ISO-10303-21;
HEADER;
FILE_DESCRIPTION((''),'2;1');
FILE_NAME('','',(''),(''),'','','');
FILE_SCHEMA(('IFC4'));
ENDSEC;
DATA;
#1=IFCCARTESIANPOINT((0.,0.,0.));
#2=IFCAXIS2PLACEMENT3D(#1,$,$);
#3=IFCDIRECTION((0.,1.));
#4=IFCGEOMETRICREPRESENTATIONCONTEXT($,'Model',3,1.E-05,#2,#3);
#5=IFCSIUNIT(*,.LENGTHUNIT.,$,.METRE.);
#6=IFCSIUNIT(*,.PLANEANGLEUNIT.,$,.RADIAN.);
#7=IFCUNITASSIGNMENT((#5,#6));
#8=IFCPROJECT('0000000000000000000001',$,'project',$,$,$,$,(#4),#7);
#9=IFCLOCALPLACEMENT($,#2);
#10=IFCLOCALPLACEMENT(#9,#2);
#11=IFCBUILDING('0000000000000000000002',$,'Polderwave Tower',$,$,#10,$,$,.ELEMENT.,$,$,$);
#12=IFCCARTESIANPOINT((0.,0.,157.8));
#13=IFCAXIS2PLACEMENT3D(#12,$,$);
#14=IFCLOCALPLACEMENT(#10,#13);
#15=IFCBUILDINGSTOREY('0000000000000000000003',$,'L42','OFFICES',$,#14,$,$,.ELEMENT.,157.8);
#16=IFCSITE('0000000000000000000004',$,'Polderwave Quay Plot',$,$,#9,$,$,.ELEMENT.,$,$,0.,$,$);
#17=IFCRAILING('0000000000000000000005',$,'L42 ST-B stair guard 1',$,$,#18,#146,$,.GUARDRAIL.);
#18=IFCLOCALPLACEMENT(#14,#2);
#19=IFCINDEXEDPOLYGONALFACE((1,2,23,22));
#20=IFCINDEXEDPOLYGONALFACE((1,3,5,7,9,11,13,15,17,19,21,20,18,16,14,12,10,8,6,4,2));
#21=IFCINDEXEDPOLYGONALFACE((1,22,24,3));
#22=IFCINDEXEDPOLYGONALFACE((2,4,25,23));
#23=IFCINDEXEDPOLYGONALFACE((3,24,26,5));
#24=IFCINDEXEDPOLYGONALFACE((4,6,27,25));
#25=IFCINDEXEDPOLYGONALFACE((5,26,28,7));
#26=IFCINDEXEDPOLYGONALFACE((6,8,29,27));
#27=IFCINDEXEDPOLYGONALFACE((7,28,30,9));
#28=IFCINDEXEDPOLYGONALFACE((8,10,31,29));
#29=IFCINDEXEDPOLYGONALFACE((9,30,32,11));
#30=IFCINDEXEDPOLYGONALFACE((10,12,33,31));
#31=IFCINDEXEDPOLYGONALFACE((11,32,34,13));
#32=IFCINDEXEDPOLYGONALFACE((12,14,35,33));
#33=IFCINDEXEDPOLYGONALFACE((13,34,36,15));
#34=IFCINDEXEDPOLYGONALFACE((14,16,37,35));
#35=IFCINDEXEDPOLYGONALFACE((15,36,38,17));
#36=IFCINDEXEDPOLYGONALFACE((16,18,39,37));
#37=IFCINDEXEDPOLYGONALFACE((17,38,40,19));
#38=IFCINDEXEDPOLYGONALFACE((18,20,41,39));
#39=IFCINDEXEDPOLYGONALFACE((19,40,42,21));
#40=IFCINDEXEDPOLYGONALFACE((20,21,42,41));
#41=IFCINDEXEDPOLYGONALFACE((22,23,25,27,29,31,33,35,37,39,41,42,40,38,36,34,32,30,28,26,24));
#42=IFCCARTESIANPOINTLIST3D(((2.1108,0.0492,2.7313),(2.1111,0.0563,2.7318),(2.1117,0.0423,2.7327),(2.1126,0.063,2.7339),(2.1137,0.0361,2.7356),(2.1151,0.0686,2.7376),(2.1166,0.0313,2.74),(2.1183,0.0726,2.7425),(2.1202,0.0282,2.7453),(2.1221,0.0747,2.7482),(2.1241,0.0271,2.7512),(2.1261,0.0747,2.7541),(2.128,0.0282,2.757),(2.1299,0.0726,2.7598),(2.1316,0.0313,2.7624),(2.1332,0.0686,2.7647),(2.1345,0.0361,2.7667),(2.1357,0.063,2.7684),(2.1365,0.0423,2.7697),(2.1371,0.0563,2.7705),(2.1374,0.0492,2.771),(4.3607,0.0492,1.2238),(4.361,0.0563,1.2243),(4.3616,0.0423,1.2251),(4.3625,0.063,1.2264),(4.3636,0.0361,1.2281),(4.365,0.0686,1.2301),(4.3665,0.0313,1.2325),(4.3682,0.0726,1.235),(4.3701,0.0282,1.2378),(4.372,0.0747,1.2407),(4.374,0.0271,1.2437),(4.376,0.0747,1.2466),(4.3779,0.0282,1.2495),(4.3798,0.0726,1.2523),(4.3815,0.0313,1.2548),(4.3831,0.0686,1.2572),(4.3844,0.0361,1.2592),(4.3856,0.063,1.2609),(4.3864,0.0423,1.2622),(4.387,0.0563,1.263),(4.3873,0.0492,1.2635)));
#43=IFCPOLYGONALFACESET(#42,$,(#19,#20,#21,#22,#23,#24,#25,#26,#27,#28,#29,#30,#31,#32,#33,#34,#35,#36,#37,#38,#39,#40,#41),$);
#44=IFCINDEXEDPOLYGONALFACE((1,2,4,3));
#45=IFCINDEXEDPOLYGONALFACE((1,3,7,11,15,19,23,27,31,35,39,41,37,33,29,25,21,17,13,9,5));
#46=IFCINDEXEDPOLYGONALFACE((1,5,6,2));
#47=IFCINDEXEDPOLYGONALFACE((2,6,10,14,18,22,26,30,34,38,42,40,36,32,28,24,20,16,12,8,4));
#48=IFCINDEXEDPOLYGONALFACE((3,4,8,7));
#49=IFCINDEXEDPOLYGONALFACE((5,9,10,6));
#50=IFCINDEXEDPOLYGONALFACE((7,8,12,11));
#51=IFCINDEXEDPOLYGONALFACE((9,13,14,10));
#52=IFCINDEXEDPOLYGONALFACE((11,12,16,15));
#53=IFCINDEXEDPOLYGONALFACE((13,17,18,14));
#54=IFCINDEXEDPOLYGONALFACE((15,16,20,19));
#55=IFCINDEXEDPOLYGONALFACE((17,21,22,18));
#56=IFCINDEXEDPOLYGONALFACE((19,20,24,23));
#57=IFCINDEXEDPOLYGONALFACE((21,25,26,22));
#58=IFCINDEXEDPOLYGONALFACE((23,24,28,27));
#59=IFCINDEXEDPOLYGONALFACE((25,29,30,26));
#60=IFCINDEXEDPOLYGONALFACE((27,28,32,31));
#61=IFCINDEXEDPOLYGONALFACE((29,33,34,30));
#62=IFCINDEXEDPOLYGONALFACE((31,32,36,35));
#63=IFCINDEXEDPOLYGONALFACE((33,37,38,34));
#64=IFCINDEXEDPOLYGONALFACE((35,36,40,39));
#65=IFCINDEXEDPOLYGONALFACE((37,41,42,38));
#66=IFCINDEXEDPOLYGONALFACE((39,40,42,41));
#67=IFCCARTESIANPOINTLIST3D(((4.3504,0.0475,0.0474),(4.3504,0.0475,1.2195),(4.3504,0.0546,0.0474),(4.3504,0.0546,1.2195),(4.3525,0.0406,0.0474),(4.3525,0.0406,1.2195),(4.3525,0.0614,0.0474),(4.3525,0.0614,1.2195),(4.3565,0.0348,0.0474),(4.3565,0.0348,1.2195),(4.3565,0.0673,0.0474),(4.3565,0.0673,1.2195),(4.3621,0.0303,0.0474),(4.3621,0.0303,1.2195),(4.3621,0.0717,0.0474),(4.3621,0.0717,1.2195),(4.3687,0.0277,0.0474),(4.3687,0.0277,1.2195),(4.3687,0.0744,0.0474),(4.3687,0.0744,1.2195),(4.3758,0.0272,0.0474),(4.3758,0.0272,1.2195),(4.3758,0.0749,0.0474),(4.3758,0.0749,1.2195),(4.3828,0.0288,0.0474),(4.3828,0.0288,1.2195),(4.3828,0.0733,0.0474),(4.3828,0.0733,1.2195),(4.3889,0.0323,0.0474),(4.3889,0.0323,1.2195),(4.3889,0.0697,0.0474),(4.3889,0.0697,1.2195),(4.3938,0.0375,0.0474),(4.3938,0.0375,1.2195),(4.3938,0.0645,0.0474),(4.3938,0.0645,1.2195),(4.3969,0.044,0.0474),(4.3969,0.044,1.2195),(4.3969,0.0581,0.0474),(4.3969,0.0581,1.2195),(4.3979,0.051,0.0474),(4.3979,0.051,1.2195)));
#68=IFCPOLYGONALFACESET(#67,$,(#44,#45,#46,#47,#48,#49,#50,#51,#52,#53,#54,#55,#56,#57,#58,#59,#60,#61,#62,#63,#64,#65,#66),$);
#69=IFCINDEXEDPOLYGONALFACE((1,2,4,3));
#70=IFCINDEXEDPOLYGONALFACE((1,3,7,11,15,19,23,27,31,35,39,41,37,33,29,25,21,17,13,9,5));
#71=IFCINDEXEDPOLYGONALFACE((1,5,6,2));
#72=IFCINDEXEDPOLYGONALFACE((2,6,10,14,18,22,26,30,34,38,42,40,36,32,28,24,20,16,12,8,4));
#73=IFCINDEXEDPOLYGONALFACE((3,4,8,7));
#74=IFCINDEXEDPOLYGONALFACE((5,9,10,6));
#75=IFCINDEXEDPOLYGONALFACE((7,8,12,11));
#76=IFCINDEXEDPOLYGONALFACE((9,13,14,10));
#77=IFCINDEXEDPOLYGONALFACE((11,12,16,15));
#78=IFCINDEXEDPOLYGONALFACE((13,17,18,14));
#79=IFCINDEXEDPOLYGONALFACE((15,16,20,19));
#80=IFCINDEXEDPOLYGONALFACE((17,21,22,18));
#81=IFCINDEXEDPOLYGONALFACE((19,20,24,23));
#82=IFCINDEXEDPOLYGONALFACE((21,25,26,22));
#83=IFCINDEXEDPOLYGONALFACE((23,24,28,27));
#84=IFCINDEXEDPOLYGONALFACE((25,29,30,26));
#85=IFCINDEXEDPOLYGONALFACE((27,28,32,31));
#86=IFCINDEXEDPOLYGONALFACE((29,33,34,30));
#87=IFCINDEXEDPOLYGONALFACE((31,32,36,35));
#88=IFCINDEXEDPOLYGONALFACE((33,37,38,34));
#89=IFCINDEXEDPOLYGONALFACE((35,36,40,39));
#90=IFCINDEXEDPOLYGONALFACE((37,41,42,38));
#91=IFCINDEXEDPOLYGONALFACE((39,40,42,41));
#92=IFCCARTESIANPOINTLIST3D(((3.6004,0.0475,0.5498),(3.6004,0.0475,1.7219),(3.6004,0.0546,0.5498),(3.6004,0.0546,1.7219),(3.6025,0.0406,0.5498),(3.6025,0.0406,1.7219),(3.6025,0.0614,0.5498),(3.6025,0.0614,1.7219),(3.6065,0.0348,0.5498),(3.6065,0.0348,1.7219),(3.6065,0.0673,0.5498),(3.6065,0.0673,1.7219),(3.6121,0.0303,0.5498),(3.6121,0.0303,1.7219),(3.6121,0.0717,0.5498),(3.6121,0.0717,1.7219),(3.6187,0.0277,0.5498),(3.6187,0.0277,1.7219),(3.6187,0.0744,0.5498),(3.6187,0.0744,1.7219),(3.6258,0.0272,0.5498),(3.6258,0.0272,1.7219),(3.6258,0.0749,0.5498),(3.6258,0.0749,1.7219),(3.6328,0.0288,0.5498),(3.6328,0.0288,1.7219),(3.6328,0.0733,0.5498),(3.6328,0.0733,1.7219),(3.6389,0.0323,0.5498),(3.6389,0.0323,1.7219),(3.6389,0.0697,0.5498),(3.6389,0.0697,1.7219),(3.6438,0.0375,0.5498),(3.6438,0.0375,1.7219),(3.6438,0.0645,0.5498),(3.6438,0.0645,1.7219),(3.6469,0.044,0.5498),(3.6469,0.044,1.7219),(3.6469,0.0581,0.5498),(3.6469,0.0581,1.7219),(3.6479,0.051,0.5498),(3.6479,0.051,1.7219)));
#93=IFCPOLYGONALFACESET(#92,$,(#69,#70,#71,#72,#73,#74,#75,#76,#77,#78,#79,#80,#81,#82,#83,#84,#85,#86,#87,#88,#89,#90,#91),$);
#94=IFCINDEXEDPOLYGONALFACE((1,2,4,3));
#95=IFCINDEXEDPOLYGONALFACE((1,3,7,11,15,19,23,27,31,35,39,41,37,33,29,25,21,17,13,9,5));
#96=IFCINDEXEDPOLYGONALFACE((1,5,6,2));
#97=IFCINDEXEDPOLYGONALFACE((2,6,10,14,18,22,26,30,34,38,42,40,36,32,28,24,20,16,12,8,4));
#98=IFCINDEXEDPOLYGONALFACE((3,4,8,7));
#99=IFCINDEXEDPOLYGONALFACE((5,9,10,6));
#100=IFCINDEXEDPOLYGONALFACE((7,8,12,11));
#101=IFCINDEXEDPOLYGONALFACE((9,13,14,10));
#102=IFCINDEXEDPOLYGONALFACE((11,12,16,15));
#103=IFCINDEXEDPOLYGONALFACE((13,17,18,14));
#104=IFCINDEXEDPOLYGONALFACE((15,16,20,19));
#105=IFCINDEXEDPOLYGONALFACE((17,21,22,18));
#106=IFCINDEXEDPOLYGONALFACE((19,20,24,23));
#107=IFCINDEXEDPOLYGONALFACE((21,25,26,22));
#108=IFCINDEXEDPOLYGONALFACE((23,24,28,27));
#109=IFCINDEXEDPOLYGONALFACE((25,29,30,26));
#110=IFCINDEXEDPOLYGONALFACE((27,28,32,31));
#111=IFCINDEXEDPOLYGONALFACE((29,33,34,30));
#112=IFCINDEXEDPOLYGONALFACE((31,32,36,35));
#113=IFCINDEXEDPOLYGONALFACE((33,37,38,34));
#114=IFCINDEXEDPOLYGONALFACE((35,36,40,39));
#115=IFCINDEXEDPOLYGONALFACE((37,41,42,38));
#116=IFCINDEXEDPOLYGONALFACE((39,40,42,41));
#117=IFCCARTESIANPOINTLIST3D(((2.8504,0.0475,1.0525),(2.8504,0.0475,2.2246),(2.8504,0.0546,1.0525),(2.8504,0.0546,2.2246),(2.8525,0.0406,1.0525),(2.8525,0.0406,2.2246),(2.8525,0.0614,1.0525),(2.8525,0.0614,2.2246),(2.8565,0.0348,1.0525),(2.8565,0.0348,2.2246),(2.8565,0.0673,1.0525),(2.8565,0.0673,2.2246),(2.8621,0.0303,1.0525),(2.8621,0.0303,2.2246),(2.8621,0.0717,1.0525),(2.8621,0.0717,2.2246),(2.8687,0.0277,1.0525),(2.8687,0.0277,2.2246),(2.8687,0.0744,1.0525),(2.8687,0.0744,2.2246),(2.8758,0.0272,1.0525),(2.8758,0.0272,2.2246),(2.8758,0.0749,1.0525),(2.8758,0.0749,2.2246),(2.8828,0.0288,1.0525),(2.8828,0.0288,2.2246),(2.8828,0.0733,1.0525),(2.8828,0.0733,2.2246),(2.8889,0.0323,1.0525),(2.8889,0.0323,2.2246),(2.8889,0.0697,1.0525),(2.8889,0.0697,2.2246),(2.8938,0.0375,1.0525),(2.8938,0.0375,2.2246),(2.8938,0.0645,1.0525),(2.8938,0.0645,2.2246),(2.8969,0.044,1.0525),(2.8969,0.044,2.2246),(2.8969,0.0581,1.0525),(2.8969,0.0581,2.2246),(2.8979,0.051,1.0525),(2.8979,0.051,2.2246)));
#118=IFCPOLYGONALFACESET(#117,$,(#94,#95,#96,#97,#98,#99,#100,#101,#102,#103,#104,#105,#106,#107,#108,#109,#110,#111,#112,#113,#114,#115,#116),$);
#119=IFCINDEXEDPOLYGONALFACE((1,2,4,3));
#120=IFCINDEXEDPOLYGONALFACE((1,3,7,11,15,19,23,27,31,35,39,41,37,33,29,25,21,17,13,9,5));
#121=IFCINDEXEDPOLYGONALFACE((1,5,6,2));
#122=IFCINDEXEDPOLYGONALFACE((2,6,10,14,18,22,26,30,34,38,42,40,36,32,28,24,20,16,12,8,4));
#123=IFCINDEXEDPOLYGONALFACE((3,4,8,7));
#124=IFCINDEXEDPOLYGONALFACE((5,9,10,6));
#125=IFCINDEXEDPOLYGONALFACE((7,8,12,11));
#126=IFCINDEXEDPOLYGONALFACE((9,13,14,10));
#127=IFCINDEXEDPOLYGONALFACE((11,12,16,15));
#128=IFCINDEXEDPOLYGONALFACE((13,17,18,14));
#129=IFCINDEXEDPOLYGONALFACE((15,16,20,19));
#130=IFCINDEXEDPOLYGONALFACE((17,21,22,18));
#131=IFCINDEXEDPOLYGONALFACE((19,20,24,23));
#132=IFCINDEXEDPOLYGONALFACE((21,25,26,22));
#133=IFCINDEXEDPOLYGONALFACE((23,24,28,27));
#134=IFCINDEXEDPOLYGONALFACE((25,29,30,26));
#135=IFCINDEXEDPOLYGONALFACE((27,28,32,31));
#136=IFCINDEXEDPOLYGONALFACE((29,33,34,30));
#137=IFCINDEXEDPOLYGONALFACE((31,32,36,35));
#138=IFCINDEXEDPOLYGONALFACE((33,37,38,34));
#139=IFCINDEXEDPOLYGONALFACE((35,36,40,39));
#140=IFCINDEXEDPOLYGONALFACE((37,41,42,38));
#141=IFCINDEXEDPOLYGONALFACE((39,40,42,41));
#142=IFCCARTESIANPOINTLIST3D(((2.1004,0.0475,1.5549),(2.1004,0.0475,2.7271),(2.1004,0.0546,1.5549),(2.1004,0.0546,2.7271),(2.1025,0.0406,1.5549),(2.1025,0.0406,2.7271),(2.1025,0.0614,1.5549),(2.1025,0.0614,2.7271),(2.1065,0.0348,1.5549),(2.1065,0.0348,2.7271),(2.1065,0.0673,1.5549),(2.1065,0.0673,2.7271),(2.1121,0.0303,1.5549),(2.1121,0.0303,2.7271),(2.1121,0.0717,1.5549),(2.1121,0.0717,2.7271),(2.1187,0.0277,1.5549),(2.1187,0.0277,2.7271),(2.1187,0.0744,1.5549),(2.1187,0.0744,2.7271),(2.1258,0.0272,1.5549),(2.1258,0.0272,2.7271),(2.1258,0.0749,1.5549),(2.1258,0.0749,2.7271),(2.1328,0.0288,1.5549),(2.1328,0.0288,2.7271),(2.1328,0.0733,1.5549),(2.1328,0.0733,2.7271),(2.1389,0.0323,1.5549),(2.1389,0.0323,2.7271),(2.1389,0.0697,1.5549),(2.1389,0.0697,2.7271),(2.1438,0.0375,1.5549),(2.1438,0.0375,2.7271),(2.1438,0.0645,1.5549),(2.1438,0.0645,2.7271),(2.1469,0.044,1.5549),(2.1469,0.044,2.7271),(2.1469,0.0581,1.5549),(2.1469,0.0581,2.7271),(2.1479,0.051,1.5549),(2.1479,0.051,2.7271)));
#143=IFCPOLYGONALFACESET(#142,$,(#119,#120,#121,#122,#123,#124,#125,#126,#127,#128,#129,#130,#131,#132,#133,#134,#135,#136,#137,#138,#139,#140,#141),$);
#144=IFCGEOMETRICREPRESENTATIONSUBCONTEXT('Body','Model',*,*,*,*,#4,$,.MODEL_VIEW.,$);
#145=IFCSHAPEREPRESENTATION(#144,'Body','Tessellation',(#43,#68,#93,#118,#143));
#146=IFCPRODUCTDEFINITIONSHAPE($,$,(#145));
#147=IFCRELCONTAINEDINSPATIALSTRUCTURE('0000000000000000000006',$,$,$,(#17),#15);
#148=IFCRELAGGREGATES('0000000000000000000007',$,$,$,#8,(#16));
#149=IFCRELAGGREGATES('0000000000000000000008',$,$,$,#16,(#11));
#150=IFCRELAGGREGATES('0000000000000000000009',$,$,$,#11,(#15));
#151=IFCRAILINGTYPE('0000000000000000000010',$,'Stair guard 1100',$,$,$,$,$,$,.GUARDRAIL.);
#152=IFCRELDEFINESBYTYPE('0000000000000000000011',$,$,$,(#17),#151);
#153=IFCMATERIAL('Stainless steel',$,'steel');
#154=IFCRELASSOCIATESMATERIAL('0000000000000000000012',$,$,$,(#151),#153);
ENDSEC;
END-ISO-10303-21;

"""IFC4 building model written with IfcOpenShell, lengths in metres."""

from ifc_helpers import new_model, si_unit, direction, frame, origin, origin_2d, place, context, subcontext, project, spatial, circle, extrude, material, type_object, element, save


model = new_model("IFC4")

# Units and contexts
model_context = context("Model", 3, precision=1e-05, world=origin(), true_north=direction((0.0, 1.0)))
body_context = subcontext(model_context, "Body", "Model", "MODEL_VIEW")
ifc_project = project(units=[si_unit("LENGTHUNIT", "METRE"), si_unit("PLANEANGLEUNIT", "RADIAN")], contexts=[model_context])

# Site, building, storey
site_placement = place(None, origin())
site = spatial("IfcSite", under=ifc_project, at=site_placement, Name="Polderwave Quay Plot", CompositionType="ELEMENT", RefElevation=0.0)
building_placement = place(site_placement, origin())
building = spatial("IfcBuilding", under=site, at=building_placement, Name="Polderwave Tower", CompositionType="ELEMENT")
storey_placement = place(building_placement, frame((0.0, 0.0, 157.8)))
storey = spatial("IfcBuildingStorey", under=building, at=storey_placement, Name="L42", Description="OFFICES", CompositionType="ELEMENT", Elevation=157.8)

# Railing
ifc_material_1 = material(Name="Stainless steel", Category="steel")
railing_type_1 = type_object("IfcRailingType", Name="Stair guard 1100", PredefinedType="GUARDRAIL", material=ifc_material_1)
railing_1_placement = place(storey_placement, frame((4.374, 0.051, 0.0474)))
element("IfcRailing", 1, at=railing_1_placement, inside=storey, type_object=railing_type_1, Name="L42 ST-B stair guard 1", PredefinedType="GUARDRAIL", context=body_context, shape_type="SweptSolid", body=[
    extrude(circle(Radius=0.0239, at=origin_2d()), frame((0.0, 0.0, 1.1963), z_axis=(-0.830758, 0.0, 0.556633), x_axis=(0.0, -1.0, 0.0)), (0.0, 0.0, 1.0), 2.7083),
    extrude(circle(Radius=0.0239, at=origin_2d()), origin(), (0.0, 0.0, 1.0), 1.1721),
    extrude(circle(Radius=0.0239, at=origin_2d()), frame((-0.75, 0.0, 0.5024)), (0.0, 0.0, 1.0), 1.1721),
    extrude(circle(Radius=0.0239, at=origin_2d()), frame((-1.5, 0.0, 1.0051)), (0.0, 0.0, 1.0), 1.1721),
    extrude(circle(Radius=0.0239, at=origin_2d()), frame((-2.25, 0.0, 1.5076)), (0.0, 0.0, 1.0), 1.1721),
])

save(model, "model.ifc")
